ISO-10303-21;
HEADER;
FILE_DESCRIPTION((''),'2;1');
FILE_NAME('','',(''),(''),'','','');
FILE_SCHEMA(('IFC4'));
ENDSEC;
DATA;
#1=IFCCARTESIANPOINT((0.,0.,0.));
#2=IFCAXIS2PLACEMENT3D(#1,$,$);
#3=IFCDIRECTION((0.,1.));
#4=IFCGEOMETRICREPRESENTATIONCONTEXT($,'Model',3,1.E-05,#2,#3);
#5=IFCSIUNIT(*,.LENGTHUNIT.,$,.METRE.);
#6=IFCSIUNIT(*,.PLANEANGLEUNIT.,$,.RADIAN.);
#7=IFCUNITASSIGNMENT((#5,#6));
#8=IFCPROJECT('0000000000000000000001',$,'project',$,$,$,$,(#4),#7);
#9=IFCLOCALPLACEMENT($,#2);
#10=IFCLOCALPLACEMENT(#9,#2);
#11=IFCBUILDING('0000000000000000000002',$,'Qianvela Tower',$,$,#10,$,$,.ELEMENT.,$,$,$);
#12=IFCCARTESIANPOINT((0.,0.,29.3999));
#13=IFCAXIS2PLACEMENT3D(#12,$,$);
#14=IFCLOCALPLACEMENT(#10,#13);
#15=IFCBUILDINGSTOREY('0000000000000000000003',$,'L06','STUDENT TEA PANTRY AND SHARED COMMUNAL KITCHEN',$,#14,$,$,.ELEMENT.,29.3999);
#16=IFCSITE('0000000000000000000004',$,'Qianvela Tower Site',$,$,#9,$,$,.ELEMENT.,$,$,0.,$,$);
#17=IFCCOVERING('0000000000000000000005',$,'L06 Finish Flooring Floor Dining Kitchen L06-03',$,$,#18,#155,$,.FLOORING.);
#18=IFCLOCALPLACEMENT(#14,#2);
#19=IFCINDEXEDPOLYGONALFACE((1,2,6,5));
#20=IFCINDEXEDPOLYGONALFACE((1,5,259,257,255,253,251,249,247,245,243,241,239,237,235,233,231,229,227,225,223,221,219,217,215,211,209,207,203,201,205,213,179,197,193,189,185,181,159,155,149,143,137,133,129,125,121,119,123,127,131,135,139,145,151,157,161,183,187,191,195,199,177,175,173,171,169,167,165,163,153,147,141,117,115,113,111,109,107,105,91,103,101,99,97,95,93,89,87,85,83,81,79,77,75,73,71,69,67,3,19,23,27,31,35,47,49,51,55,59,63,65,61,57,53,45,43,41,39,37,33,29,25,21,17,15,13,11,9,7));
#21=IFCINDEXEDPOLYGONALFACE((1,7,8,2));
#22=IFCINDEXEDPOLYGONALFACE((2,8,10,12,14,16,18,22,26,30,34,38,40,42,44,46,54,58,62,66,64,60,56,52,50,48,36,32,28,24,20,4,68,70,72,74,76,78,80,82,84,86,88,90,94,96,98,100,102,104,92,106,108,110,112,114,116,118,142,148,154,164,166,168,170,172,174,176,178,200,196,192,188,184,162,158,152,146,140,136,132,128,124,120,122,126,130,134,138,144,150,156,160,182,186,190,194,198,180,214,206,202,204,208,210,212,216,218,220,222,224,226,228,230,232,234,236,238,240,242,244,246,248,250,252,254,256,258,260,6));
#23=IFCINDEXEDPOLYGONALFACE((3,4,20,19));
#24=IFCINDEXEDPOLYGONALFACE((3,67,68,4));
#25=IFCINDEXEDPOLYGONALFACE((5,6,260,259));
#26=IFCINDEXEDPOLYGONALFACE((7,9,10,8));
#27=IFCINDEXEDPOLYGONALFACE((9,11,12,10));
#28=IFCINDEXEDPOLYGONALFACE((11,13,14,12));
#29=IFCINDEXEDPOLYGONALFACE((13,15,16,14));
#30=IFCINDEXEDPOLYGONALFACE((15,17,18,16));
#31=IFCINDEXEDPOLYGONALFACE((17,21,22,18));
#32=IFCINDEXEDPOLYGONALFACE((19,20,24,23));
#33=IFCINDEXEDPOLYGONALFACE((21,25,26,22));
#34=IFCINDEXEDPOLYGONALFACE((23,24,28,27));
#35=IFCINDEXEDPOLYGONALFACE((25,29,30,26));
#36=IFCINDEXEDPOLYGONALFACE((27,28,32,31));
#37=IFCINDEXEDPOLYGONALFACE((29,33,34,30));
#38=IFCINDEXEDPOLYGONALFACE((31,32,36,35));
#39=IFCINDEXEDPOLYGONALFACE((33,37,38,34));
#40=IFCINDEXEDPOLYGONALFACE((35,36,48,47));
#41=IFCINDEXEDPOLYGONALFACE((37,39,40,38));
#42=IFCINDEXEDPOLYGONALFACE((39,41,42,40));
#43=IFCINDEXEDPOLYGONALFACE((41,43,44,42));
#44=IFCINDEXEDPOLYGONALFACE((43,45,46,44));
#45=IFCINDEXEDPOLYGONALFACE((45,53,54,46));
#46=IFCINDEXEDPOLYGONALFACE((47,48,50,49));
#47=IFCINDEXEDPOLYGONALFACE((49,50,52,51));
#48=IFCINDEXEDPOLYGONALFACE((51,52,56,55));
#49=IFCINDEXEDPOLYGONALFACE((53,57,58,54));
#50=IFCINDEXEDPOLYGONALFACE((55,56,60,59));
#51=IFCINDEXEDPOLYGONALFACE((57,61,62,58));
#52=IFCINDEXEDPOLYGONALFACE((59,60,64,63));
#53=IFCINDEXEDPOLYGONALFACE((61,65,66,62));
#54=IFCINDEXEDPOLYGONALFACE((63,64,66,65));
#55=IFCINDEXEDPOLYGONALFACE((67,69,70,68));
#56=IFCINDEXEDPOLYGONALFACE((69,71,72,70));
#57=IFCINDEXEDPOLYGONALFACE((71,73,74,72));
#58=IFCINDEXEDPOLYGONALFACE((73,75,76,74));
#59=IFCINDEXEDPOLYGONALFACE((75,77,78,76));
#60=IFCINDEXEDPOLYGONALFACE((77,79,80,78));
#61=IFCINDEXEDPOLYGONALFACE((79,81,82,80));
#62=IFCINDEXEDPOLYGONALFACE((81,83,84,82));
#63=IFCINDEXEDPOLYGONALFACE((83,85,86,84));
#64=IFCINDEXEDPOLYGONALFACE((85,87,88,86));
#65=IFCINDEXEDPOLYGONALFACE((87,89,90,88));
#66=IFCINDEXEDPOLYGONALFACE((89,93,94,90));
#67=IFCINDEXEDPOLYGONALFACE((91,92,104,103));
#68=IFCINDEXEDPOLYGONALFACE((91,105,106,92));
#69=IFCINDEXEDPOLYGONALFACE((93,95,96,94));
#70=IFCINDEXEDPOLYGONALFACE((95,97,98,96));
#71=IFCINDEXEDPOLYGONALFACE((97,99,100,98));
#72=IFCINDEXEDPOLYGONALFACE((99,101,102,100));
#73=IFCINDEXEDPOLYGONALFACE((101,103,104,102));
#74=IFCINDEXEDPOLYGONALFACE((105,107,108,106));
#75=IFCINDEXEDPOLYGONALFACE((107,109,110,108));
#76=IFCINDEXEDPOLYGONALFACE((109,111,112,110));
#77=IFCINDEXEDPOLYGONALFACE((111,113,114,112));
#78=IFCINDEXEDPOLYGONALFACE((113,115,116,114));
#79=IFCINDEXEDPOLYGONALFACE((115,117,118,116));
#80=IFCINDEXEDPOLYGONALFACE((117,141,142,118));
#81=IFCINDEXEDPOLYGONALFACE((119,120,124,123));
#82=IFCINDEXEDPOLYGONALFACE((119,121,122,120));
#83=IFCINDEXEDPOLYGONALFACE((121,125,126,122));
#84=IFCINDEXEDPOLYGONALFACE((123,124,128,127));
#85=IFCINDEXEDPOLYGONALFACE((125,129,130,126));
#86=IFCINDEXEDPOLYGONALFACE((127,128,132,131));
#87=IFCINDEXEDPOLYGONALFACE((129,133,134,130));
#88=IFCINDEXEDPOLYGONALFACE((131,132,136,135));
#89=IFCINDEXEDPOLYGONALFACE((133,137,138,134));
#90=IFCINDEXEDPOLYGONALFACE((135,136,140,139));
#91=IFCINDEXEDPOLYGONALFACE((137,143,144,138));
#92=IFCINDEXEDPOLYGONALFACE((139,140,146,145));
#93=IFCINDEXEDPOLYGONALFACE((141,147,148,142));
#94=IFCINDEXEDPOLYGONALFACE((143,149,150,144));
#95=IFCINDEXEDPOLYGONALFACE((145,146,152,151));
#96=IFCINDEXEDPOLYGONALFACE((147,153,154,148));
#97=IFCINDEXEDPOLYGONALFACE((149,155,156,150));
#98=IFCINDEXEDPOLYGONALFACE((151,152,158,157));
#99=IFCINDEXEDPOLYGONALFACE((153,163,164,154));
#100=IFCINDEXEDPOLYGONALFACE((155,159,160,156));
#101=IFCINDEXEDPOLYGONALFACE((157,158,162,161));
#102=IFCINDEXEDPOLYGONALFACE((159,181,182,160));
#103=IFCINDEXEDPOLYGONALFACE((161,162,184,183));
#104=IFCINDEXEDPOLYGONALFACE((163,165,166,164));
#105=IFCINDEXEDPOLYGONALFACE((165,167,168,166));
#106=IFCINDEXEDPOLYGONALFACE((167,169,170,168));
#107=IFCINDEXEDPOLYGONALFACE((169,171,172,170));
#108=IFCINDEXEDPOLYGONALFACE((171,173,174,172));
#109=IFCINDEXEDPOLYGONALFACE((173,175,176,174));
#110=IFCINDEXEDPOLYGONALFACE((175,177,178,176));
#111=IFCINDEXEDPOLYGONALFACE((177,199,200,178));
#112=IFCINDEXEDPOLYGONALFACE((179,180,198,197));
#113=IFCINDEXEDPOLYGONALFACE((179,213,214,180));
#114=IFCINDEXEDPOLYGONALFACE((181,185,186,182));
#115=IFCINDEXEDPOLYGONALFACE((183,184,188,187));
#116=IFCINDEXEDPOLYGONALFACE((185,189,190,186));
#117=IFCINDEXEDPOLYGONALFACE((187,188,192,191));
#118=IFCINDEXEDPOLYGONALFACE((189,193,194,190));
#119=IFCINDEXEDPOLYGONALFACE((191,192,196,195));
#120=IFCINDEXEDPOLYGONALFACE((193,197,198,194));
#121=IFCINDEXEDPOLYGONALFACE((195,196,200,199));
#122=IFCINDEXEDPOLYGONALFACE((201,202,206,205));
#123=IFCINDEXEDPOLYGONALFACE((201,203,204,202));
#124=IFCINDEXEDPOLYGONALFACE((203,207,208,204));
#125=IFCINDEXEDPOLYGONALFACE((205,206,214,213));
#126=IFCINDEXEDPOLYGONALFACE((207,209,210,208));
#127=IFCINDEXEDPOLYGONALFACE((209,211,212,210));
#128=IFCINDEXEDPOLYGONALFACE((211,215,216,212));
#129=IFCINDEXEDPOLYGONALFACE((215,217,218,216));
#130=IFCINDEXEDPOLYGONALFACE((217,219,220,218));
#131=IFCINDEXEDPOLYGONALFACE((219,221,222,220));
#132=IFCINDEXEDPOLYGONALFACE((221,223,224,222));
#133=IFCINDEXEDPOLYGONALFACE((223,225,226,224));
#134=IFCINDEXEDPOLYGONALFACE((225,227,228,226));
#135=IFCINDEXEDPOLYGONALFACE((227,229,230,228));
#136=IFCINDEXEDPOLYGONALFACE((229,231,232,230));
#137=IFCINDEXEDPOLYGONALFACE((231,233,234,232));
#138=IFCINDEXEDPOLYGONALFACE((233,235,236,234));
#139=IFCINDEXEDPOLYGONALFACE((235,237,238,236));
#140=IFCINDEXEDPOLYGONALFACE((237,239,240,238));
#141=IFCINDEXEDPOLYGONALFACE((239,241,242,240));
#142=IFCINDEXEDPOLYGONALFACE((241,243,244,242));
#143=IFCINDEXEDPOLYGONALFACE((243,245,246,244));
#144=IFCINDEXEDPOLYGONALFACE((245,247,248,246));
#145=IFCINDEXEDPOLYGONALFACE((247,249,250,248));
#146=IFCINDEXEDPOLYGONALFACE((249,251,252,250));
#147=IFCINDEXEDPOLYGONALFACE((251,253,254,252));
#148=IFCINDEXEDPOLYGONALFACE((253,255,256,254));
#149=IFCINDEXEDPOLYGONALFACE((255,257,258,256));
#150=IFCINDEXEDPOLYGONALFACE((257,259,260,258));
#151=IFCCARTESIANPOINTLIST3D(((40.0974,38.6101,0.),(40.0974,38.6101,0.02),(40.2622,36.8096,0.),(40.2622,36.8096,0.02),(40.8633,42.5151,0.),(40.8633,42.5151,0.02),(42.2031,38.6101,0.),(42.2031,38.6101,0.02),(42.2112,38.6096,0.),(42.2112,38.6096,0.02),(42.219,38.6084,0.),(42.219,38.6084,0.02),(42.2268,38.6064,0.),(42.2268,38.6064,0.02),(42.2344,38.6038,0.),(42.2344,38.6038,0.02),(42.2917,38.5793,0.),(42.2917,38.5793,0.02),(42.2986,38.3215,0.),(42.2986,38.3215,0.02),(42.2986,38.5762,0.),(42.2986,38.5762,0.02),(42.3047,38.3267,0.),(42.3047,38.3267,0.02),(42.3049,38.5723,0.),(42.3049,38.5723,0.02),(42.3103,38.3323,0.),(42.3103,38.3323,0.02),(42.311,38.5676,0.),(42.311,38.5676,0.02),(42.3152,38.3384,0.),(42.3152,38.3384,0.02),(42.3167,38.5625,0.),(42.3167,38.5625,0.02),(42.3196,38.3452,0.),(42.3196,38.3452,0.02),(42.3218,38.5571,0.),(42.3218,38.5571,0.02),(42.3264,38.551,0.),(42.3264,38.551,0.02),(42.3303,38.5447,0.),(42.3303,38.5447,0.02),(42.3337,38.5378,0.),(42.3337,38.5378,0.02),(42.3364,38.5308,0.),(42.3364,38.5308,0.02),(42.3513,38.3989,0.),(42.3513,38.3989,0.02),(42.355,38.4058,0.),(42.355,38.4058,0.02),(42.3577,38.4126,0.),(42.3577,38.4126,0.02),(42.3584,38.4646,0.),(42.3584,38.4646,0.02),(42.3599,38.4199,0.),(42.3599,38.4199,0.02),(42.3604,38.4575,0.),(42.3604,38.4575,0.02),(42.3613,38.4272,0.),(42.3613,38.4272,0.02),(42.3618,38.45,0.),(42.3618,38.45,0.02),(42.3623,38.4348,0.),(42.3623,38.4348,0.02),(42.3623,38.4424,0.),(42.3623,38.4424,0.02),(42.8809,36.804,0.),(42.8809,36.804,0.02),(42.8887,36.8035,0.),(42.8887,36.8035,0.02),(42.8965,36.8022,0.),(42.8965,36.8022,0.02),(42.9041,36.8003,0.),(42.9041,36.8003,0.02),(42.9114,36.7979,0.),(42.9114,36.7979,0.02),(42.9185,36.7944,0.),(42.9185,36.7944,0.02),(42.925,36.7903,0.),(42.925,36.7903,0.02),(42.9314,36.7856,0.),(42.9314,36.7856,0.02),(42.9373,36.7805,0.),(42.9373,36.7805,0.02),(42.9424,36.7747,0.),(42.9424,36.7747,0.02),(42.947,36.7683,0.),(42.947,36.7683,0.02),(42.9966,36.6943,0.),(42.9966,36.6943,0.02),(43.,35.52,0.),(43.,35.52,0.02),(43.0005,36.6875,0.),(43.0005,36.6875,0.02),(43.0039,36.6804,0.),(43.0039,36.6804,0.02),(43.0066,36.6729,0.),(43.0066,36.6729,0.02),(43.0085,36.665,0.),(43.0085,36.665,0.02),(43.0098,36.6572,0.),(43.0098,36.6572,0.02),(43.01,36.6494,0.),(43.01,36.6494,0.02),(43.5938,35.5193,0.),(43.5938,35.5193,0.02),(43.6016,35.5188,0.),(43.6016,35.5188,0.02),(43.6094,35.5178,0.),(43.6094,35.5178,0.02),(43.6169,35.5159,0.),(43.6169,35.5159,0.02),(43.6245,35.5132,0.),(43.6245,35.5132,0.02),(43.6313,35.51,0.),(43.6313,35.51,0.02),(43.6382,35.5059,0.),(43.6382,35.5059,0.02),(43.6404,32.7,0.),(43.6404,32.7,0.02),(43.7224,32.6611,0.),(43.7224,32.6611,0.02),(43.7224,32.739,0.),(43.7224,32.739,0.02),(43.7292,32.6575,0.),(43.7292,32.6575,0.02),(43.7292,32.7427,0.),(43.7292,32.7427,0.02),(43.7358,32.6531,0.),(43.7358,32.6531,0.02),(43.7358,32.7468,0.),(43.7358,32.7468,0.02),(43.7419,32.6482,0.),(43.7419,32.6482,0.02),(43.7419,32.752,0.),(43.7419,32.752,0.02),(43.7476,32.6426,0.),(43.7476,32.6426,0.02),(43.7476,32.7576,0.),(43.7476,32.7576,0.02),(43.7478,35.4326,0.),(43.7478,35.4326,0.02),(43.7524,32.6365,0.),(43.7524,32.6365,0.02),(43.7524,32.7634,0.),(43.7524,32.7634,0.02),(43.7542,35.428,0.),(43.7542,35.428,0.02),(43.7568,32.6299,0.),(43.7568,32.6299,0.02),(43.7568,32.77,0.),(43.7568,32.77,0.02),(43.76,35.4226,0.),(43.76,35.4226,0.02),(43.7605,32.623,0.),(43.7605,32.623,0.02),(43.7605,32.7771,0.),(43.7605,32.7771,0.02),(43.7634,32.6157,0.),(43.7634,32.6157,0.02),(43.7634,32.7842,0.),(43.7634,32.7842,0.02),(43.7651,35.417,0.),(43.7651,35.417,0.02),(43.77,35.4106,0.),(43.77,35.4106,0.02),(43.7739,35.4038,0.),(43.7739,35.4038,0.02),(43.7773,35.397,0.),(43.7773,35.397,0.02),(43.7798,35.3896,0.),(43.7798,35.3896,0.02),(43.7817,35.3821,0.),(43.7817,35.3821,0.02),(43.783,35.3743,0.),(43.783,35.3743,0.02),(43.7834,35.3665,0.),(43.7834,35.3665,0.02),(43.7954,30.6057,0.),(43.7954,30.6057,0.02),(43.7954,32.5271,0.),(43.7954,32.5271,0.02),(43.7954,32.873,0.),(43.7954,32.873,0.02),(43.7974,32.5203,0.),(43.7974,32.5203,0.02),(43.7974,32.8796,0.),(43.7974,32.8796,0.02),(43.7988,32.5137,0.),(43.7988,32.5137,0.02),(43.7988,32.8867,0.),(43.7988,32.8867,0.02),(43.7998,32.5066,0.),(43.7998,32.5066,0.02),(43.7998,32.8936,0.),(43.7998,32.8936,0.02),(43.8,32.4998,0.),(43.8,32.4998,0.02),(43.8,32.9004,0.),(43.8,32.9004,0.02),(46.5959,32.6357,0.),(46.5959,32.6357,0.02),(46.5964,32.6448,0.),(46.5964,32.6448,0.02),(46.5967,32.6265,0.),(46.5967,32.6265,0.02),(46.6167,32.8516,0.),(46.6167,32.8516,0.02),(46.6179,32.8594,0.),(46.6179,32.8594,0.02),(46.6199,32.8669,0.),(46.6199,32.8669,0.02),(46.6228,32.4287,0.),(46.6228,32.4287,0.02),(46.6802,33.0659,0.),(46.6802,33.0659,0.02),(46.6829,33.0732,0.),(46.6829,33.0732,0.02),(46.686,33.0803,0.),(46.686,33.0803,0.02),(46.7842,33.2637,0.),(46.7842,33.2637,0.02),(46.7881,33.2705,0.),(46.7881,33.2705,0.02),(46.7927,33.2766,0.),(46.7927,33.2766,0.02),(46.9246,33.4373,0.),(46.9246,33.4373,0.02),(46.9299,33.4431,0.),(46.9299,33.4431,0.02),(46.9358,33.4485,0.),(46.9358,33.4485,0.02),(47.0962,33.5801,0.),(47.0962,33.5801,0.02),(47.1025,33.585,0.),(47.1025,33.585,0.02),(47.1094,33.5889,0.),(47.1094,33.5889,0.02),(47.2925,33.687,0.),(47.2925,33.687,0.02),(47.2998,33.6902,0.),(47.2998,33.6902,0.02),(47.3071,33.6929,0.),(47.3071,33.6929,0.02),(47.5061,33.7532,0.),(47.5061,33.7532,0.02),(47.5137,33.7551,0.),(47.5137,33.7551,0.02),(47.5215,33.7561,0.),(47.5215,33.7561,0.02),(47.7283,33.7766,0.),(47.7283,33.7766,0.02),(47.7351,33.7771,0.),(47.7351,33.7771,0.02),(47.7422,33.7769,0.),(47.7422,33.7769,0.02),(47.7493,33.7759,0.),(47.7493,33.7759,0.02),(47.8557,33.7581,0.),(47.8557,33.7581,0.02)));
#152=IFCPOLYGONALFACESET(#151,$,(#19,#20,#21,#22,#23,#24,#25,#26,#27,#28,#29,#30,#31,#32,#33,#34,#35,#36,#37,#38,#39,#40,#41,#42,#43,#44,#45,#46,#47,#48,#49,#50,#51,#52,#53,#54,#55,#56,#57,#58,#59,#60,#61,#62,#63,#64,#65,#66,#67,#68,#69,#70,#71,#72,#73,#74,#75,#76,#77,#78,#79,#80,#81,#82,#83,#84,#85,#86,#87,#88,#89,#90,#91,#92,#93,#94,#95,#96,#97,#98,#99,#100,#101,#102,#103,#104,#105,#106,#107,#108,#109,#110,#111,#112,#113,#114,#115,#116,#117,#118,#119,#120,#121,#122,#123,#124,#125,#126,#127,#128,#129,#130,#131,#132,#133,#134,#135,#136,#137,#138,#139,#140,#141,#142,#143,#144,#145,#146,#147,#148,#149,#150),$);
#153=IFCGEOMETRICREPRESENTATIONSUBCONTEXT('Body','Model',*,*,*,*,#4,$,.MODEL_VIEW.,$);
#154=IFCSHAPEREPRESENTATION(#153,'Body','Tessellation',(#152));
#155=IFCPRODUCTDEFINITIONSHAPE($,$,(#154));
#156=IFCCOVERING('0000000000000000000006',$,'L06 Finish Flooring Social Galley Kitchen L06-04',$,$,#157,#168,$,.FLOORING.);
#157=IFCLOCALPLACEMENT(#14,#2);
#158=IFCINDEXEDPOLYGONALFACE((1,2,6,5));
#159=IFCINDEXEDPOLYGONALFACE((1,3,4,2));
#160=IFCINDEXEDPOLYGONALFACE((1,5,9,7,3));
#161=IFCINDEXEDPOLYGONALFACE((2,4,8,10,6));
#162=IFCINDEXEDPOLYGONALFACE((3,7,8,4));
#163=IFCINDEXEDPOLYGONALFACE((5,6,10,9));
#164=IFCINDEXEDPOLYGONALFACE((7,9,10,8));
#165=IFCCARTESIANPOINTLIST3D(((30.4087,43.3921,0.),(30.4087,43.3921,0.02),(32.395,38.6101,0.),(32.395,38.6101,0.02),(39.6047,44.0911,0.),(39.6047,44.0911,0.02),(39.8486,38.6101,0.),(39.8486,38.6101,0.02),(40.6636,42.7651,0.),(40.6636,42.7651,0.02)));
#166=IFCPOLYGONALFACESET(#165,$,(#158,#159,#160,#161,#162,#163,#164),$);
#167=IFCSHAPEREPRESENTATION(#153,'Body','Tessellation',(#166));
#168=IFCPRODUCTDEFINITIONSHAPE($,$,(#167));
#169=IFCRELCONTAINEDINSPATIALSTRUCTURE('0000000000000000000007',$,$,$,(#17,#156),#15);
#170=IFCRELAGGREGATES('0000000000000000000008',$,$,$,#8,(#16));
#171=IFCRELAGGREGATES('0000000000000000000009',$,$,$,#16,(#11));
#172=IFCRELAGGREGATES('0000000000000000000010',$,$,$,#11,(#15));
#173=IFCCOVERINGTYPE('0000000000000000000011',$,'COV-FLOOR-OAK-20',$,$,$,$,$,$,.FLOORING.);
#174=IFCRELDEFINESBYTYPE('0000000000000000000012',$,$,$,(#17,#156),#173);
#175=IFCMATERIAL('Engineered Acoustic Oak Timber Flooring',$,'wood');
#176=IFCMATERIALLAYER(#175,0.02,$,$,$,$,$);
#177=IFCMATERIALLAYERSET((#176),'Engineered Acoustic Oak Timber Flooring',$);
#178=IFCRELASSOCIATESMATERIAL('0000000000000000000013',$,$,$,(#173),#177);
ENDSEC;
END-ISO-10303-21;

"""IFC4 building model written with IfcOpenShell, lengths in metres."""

from ifc_helpers import new_model, si_unit, direction, frame, origin, place, context, subcontext, project, spatial, polyline, outline, extrude, material, layer, layer_set, type_object, element, save


model = new_model("IFC4")

# Units and contexts
model_context = context("Model", 3, precision=1e-05, world=origin(), true_north=direction((0.0, 1.0)))
body_context = subcontext(model_context, "Body", "Model", "MODEL_VIEW")
ifc_project = project(units=[si_unit("LENGTHUNIT", "METRE"), si_unit("PLANEANGLEUNIT", "RADIAN")], contexts=[model_context])

# Site, building, storey
site_placement = place(None, origin())
site = spatial("IfcSite", under=ifc_project, at=site_placement, Name="Qianvela Tower Site", CompositionType="ELEMENT", RefElevation=0.0)
building_placement = place(site_placement, origin())
building = spatial("IfcBuilding", under=site, at=building_placement, Name="Qianvela Tower", CompositionType="ELEMENT")
storey_placement = place(building_placement, frame((0.0, 0.0, 29.3999)))
storey = spatial("IfcBuildingStorey", under=building, at=storey_placement, Name="L06", Description="STUDENT TEA PANTRY AND SHARED COMMUNAL KITCHEN", CompositionType="ELEMENT", Elevation=29.3999)

# Coverings
ifc_material_1 = material(Name="Engineered Acoustic Oak Timber Flooring", Category="wood")
ifc_layer_1 = layer(ifc_material_1, 0.02)
ifc_layer_set_1 = layer_set([ifc_layer_1], Name="Engineered Acoustic Oak Timber Flooring")
covering_type_1 = type_object("IfcCoveringType", Name="COV-FLOOR-OAK-20", PredefinedType="FLOORING", material=ifc_layer_set_1)
covering_1_placement = place(storey_placement, origin())
element("IfcCovering", 1, at=covering_1_placement, inside=storey, type_object=covering_type_1, Name="L06 Finish Flooring Floor Dining Kitchen L06-03", PredefinedType="FLOORING", context=body_context, shape_type="SweptSolid", body=[
    extrude(outline(polyline([(43.6404, 32.7), (43.7224, 32.739), (43.7292, 32.7427), (43.7358, 32.7468), (43.7419, 32.752), (43.7476, 32.7576), (43.7524, 32.7634), (43.7568, 32.77), (43.7605, 32.7771), (43.7634, 32.7842), (43.7954, 32.873), (43.7974, 32.8796), (43.7988, 32.8867), (43.7998, 32.8936), (43.8, 32.9004), (43.7834, 35.3665), (43.783, 35.3743), (43.7817, 35.3821), (43.7798, 35.3896), (43.7773, 35.397), (43.7739, 35.4038), (43.77, 35.4106), (43.7651, 35.417), (43.76, 35.4226), (43.7542, 35.428), (43.7478, 35.4326), (43.6382, 35.5059), (43.6313, 35.51), (43.6245, 35.5132), (43.6169, 35.5159), (43.6094, 35.5178), (43.6016, 35.5188), (43.5938, 35.5193), (43.0, 35.52), (43.01, 36.6494), (43.0098, 36.6572), (43.0085, 36.665), (43.0066, 36.6729), (43.0039, 36.6804), (43.0005, 36.6875), (42.9966, 36.6943), (42.947, 36.7683), (42.9424, 36.7747), (42.9373, 36.7805), (42.9314, 36.7856), (42.925, 36.7903), (42.9185, 36.7944), (42.9114, 36.7979), (42.9041, 36.8003), (42.8965, 36.8022), (42.8887, 36.8035), (42.8809, 36.804), (40.2622, 36.8096), (42.2986, 38.3215), (42.3047, 38.3267), (42.3103, 38.3323), (42.3152, 38.3384), (42.3196, 38.3452), (42.3513, 38.3989), (42.355, 38.4058), (42.3577, 38.4126), (42.3599, 38.4199), (42.3613, 38.4272), (42.3623, 38.4348), (42.3623, 38.4424), (42.3618, 38.45), (42.3604, 38.4575), (42.3584, 38.4646), (42.3364, 38.5308), (42.3337, 38.5378), (42.3303, 38.5447), (42.3264, 38.551), (42.3218, 38.5571), (42.3167, 38.5625), (42.311, 38.5676), (42.3049, 38.5723), (42.2986, 38.5762), (42.2917, 38.5793), (42.2344, 38.6038), (42.2268, 38.6064), (42.219, 38.6084), (42.2112, 38.6096), (42.2031, 38.6101), (40.0974, 38.6101), (40.8633, 42.5151), (47.8557, 33.7581), (47.7493, 33.7759), (47.7422, 33.7769), (47.7351, 33.7771), (47.7283, 33.7766), (47.5215, 33.7561), (47.5137, 33.7551), (47.5061, 33.7532), (47.3071, 33.6929), (47.2998, 33.6902), (47.2925, 33.687), (47.1094, 33.5889), (47.1025, 33.585), (47.0962, 33.5801), (46.9358, 33.4485), (46.9299, 33.4431), (46.9246, 33.4373), (46.7927, 33.2766), (46.7881, 33.2705), (46.7842, 33.2637), (46.686, 33.0803), (46.6829, 33.0732), (46.6802, 33.0659), (46.6199, 32.8669), (46.6179, 32.8594), (46.6167, 32.8516), (46.5964, 32.6448), (46.5959, 32.6357), (46.5967, 32.6265), (46.6228, 32.4287), (43.7954, 30.6057), (43.8, 32.4998), (43.7998, 32.5066), (43.7988, 32.5137), (43.7974, 32.5203), (43.7954, 32.5271), (43.7634, 32.6157), (43.7605, 32.623), (43.7568, 32.6299), (43.7524, 32.6365), (43.7476, 32.6426), (43.7419, 32.6482), (43.7358, 32.6531), (43.7292, 32.6575), (43.7224, 32.6611), (43.6404, 32.7)])), origin(), (0.0, 0.0, 1.0), 0.02),
])
covering_2_placement = place(storey_placement, origin())
element("IfcCovering", 2, at=covering_2_placement, inside=storey, type_object=covering_type_1, Name="L06 Finish Flooring Social Galley Kitchen L06-04", PredefinedType="FLOORING", context=body_context, shape_type="SweptSolid", body=[
    extrude(outline(polyline([(30.4087, 43.3921), (39.6047, 44.0911), (40.6636, 42.7651), (39.8486, 38.6101), (32.395, 38.6101), (30.4087, 43.3921)])), origin(), (0.0, 0.0, 1.0), 0.02),
])

save(model, "model.ifc")
